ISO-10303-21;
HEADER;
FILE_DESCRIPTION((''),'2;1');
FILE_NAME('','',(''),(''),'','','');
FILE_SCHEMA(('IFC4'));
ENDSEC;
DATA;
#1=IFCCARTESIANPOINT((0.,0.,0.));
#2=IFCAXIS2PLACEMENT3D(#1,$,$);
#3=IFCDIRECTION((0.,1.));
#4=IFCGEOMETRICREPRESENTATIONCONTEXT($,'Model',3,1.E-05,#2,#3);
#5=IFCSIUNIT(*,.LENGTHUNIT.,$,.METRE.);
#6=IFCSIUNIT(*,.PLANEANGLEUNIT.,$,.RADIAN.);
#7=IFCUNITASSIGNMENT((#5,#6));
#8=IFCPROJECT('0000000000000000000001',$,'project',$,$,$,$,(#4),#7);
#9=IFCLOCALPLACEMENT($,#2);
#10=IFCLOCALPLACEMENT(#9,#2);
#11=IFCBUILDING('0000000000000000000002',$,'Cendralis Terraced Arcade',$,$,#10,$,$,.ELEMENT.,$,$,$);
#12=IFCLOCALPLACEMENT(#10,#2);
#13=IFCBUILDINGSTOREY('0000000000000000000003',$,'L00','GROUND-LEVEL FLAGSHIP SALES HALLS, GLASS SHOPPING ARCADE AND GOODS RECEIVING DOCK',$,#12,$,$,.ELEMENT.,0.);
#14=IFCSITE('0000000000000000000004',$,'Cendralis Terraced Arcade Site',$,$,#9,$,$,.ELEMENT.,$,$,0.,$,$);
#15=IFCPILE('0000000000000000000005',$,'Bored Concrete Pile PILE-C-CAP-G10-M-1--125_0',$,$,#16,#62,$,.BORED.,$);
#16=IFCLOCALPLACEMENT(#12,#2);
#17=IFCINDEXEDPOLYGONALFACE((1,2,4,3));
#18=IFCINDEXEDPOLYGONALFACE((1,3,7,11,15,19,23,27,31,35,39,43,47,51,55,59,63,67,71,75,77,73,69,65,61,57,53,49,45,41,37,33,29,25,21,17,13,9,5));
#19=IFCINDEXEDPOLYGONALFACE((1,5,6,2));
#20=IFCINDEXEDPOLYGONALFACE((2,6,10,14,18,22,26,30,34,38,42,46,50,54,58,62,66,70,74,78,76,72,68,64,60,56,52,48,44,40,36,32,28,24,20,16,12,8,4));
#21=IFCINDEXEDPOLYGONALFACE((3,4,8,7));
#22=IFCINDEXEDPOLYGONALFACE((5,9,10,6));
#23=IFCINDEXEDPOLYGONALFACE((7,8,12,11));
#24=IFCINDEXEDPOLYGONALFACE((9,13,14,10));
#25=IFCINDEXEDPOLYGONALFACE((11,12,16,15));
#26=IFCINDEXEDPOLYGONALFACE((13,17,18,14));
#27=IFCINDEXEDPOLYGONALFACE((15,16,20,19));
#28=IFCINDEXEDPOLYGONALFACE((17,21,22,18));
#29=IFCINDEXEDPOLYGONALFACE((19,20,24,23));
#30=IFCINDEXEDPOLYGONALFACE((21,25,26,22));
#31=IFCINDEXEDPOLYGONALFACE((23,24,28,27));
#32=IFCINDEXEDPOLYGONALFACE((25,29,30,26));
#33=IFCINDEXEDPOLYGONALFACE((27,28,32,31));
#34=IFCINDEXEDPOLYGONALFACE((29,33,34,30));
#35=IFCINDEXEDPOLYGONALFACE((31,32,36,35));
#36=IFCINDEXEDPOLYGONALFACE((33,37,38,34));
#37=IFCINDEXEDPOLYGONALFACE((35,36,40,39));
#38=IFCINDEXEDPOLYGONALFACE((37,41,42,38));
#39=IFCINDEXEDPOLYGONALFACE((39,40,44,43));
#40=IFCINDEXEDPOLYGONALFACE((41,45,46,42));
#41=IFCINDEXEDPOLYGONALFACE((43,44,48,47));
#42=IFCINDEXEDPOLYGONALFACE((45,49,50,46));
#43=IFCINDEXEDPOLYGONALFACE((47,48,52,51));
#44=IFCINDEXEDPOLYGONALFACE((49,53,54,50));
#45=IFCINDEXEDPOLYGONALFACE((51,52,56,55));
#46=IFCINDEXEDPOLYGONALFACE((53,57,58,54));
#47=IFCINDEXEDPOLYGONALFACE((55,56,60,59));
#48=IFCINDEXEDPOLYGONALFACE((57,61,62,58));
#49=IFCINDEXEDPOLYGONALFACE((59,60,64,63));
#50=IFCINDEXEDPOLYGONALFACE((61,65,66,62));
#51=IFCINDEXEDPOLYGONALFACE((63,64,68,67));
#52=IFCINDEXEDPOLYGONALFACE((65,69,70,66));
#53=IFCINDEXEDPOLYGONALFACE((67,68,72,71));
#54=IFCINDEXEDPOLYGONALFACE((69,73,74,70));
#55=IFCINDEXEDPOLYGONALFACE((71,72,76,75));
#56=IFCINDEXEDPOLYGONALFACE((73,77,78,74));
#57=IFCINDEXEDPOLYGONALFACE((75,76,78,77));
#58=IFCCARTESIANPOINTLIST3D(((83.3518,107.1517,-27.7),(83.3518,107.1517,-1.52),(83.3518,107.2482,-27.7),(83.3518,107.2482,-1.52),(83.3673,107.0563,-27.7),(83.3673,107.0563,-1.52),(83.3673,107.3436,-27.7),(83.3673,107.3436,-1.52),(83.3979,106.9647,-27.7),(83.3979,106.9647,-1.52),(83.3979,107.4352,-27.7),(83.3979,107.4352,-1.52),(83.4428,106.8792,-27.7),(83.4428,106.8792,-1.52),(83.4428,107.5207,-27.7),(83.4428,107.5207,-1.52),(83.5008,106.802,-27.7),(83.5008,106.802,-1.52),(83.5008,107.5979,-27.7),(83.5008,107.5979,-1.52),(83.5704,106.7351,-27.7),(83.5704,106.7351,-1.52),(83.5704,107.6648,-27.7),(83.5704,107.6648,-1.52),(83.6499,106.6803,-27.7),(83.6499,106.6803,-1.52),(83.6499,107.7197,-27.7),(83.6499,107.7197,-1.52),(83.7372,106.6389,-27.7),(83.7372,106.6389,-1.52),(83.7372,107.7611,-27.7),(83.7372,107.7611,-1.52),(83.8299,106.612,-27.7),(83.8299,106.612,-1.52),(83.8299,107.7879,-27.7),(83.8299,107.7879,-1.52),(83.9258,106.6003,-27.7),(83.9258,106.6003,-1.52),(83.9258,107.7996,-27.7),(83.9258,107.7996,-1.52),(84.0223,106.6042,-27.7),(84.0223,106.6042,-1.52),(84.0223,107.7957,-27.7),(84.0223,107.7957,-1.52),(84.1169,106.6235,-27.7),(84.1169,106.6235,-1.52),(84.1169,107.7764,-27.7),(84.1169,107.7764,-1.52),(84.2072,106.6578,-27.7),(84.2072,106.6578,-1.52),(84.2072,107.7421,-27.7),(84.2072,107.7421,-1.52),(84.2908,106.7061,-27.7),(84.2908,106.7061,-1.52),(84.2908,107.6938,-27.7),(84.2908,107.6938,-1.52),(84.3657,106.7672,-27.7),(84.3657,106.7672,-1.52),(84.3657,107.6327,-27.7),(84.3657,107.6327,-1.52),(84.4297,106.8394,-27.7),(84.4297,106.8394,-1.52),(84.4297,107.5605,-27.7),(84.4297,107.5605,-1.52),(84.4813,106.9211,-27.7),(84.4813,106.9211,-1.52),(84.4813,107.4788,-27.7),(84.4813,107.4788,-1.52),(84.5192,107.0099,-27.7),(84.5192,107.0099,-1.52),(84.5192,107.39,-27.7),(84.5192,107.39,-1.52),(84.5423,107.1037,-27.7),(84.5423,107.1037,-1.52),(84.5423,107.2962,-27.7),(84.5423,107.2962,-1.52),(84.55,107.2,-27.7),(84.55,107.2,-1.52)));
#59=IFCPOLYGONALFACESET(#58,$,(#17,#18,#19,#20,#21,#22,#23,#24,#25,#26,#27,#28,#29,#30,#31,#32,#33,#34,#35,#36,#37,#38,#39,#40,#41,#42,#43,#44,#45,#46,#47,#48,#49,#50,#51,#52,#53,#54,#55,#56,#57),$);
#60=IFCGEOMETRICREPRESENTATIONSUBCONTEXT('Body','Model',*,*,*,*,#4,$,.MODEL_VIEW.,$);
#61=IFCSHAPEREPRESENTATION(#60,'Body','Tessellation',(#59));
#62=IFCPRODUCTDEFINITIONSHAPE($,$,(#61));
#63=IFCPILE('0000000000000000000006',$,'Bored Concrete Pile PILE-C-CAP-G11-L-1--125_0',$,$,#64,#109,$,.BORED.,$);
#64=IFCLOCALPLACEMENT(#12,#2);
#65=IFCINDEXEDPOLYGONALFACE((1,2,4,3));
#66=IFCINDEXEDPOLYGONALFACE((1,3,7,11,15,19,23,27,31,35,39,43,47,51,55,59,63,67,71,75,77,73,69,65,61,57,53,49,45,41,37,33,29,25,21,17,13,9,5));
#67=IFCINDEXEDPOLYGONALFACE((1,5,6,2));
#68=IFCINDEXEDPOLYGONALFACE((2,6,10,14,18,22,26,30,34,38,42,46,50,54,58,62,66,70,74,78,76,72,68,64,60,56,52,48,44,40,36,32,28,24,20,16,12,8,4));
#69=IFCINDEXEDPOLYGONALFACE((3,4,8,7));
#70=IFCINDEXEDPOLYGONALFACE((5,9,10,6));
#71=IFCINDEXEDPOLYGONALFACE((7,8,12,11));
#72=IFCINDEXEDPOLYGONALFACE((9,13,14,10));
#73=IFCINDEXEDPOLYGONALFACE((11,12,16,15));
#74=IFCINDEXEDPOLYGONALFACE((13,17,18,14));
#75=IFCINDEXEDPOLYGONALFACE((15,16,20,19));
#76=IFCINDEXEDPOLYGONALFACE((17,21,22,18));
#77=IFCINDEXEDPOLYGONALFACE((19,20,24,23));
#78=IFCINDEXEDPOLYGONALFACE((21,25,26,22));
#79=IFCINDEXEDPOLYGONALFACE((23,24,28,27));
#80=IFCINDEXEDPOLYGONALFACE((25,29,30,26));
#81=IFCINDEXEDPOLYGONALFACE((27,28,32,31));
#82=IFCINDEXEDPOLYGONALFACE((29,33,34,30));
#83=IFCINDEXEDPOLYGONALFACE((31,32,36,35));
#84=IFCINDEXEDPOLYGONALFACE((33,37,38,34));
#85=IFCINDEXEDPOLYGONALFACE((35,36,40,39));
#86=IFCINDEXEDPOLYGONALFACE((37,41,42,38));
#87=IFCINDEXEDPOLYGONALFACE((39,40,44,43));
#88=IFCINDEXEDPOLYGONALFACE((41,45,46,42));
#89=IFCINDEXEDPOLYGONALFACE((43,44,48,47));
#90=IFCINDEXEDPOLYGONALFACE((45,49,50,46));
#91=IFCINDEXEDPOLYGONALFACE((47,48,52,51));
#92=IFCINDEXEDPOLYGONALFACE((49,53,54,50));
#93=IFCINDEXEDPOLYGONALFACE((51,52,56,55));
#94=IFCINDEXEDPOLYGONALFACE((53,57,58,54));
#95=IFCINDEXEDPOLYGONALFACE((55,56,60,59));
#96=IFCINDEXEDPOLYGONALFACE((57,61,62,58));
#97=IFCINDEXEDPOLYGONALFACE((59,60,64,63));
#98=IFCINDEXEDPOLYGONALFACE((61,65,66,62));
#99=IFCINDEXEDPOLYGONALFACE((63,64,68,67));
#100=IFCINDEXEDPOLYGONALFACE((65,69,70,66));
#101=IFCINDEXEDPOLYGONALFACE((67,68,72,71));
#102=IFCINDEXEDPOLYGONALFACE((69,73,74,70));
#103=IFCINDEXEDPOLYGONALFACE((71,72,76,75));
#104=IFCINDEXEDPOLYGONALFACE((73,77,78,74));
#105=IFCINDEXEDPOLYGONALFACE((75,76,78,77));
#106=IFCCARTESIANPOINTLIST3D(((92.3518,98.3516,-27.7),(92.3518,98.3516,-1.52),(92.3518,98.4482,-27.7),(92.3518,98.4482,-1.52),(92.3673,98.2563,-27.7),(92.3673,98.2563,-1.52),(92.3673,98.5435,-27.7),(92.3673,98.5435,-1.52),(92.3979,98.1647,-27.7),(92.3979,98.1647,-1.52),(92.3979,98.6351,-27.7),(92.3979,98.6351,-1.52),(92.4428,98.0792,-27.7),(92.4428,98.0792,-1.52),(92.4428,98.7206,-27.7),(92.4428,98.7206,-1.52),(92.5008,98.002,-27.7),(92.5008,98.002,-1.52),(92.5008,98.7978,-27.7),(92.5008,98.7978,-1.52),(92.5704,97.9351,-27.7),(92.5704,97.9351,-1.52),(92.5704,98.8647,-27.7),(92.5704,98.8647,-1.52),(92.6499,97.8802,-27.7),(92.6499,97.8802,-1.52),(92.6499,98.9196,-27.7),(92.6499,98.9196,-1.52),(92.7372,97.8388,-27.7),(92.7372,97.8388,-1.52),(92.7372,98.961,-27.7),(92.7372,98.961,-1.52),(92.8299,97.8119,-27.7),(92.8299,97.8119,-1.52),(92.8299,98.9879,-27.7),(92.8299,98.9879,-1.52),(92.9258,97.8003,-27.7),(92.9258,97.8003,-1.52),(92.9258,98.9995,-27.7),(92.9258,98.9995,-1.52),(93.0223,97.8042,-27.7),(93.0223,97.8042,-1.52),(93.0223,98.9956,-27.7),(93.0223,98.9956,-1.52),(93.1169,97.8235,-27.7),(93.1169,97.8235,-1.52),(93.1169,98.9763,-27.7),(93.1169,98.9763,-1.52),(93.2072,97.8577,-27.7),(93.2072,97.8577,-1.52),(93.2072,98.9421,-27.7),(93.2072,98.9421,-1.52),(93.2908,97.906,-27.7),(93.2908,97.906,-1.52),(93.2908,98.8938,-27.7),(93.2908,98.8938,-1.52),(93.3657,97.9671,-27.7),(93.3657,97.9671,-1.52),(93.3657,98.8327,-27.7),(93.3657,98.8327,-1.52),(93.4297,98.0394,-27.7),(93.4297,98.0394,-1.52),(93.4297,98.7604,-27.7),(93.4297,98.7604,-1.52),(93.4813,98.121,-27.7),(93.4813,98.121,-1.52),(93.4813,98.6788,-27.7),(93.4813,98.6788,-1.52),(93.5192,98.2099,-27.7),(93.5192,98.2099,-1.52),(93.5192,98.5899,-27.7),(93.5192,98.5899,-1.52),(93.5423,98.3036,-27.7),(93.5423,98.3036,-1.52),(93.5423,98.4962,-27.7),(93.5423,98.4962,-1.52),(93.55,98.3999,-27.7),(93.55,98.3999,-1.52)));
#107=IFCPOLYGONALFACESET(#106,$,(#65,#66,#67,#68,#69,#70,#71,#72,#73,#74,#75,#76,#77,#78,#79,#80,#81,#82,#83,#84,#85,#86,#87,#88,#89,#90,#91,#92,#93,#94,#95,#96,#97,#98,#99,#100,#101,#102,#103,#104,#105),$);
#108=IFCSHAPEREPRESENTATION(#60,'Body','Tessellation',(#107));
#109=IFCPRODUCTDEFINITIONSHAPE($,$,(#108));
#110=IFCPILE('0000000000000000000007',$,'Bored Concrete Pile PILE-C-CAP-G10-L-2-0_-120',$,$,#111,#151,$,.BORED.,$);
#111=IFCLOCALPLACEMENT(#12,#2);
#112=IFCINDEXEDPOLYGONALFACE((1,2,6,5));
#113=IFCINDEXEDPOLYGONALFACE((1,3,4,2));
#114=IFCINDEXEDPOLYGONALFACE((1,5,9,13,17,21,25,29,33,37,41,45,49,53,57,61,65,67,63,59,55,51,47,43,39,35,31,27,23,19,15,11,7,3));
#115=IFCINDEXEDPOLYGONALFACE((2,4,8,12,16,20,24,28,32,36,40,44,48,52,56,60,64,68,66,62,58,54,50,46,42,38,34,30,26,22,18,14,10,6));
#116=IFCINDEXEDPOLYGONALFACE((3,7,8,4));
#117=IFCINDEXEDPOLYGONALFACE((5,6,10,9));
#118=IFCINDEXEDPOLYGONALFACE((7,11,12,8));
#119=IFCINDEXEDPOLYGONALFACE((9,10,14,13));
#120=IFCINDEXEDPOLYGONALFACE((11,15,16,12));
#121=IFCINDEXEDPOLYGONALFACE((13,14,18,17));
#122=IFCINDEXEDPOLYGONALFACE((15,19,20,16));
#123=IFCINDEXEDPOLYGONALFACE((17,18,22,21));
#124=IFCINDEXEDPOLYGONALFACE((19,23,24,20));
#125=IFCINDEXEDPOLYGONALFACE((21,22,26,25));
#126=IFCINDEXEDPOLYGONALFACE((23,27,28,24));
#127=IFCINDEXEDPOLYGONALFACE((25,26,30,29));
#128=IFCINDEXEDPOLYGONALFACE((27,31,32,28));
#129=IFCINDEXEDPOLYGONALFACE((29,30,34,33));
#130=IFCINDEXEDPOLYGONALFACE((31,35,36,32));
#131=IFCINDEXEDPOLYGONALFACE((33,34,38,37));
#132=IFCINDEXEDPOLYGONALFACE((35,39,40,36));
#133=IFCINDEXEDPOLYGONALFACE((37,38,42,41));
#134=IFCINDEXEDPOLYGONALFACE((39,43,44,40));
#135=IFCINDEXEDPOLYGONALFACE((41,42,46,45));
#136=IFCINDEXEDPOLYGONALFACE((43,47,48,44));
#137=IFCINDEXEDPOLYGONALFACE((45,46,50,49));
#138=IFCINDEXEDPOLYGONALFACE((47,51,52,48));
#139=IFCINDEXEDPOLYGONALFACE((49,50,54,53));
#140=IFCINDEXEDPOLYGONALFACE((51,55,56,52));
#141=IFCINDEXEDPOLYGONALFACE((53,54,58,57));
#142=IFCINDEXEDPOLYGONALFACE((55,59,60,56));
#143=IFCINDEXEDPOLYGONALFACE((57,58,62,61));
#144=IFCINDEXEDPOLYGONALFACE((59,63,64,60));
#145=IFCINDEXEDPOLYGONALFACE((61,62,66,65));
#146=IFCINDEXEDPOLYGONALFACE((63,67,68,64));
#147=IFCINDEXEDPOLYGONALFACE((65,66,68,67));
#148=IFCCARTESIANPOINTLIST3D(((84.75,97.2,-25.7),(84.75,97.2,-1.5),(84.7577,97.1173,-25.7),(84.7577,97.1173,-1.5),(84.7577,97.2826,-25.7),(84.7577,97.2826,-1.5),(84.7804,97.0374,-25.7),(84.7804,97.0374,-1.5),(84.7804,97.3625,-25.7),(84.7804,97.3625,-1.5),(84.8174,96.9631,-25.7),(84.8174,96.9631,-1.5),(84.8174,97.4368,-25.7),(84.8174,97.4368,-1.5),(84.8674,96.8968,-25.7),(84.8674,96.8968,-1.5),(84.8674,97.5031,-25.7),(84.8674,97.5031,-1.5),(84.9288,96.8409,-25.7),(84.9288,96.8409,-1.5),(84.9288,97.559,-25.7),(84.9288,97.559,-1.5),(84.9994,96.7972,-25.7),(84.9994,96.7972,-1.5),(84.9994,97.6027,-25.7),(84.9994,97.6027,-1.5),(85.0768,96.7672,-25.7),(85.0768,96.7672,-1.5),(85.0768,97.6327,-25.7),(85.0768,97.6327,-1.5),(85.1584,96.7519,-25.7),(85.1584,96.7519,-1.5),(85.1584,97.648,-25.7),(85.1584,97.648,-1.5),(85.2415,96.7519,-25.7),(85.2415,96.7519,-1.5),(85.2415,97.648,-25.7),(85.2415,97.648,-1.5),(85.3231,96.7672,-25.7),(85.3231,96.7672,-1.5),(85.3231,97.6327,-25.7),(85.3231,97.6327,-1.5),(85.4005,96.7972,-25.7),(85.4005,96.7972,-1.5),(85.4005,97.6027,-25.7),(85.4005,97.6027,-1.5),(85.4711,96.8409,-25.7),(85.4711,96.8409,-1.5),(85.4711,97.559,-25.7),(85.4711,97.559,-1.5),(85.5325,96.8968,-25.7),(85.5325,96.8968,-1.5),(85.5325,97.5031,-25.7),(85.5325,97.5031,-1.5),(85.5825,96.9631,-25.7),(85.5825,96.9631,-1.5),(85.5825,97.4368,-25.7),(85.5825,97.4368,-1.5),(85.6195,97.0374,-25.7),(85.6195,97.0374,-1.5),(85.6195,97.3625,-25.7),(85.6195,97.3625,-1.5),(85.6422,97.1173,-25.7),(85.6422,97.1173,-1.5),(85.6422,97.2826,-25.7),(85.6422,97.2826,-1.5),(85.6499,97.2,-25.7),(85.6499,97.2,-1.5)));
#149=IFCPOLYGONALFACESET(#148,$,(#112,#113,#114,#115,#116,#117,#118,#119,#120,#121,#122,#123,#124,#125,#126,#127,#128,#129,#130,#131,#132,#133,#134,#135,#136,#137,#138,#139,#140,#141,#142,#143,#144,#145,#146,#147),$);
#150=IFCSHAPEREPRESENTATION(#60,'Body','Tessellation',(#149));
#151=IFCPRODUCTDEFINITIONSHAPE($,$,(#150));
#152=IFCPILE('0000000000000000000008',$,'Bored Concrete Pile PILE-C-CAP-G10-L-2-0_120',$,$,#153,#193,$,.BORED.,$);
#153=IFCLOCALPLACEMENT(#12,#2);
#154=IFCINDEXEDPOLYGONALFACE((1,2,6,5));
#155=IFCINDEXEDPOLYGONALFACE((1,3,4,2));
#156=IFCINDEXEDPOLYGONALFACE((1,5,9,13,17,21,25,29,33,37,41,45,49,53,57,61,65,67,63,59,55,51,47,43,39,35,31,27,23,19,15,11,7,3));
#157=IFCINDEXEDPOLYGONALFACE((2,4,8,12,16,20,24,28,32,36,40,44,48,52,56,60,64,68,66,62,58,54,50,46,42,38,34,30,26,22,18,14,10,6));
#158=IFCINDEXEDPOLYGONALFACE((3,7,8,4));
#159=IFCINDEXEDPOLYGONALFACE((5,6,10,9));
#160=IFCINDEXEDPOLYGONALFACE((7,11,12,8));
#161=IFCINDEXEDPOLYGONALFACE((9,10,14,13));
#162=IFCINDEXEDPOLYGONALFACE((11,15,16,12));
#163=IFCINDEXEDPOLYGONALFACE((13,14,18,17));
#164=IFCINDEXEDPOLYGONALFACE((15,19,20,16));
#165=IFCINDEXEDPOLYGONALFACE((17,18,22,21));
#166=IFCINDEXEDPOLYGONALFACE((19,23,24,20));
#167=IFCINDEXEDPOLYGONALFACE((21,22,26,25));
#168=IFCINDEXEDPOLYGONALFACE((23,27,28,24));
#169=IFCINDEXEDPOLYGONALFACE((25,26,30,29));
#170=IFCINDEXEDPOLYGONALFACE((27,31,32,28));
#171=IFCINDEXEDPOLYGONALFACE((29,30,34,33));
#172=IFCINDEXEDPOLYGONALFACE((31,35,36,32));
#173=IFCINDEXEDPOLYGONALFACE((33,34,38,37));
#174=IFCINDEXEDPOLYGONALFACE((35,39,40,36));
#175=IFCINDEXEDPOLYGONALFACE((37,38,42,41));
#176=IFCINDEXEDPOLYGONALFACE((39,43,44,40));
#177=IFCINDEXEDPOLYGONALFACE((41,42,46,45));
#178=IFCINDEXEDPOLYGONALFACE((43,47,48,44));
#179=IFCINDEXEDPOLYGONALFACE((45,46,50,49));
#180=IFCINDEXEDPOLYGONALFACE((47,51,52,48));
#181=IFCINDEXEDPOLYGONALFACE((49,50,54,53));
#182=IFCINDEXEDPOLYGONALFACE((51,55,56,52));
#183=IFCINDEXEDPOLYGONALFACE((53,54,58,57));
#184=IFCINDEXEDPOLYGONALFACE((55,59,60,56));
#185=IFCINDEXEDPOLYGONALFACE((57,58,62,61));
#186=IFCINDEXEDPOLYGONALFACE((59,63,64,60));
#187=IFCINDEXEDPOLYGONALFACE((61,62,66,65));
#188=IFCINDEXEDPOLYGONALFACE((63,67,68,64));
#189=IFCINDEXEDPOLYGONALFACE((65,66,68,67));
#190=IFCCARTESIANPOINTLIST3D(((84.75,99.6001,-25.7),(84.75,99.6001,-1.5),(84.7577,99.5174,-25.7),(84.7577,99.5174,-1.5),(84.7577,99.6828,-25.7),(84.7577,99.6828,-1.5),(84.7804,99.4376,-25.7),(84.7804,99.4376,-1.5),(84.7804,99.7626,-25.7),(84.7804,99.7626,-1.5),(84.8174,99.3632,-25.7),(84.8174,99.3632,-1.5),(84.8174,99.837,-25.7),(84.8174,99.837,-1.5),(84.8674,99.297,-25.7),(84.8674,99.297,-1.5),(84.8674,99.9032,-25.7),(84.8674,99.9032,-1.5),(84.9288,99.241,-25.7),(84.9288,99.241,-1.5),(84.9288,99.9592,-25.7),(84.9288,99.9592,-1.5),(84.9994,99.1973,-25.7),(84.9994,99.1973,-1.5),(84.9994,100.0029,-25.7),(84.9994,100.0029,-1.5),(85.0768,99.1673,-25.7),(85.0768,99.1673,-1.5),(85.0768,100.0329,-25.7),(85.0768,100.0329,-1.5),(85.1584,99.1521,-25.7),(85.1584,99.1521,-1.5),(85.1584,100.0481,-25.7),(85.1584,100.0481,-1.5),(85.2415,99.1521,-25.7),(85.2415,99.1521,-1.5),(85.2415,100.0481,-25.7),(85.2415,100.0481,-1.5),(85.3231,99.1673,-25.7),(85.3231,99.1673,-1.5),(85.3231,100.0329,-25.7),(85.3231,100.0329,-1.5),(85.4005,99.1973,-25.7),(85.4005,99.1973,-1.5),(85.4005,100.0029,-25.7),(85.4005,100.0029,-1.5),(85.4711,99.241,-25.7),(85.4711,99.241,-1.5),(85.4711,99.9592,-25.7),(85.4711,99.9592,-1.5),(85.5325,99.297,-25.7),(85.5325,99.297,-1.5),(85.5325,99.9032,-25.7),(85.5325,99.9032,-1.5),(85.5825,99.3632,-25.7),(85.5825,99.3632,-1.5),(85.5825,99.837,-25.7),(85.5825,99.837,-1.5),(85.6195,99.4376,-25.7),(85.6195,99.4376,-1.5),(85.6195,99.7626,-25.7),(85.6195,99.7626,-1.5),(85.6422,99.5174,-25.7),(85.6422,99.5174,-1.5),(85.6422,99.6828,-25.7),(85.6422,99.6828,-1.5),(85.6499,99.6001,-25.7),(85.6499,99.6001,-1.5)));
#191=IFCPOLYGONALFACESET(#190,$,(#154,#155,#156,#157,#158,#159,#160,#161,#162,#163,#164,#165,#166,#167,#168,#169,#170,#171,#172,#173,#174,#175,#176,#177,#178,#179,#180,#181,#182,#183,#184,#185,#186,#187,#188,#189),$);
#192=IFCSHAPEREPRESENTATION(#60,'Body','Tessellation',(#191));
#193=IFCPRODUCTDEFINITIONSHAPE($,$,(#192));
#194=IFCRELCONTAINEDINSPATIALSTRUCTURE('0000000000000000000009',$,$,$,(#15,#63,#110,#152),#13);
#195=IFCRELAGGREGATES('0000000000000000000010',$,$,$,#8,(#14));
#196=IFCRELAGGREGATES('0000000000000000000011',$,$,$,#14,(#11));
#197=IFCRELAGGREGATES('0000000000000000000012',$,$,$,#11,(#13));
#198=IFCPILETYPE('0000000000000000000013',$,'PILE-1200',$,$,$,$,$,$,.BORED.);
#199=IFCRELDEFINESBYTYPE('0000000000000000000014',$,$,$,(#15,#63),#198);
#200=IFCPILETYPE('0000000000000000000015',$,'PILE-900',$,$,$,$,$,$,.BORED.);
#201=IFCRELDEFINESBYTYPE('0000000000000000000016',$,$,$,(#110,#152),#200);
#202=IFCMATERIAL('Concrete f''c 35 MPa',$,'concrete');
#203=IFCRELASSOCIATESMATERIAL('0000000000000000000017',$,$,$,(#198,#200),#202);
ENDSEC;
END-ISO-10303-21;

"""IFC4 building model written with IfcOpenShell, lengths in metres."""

from ifc_helpers import new_model, si_unit, direction, frame, origin, origin_2d, place, context, subcontext, project, spatial, circle, extrude, material, material_profile, profile_set, type_object, element, save


model = new_model("IFC4")

# Units and contexts
model_context = context("Model", 3, precision=1e-05, world=origin(), true_north=direction((0.0, 1.0)))
body_context = subcontext(model_context, "Body", "Model", "MODEL_VIEW")
ifc_project = project(units=[si_unit("LENGTHUNIT", "METRE"), si_unit("PLANEANGLEUNIT", "RADIAN")], contexts=[model_context])

# Site, building, storey
site_placement = place(None, origin())
site = spatial("IfcSite", under=ifc_project, at=site_placement, Name="Cendralis Terraced Arcade Site", CompositionType="ELEMENT", RefElevation=0.0)
building_placement = place(site_placement, origin())
building = spatial("IfcBuilding", under=site, at=building_placement, Name="Cendralis Terraced Arcade", CompositionType="ELEMENT")
storey_placement = place(building_placement, origin())
storey = spatial("IfcBuildingStorey", under=building, at=storey_placement, Name="L00", Description="GROUND-LEVEL FLAGSHIP SALES HALLS, GLASS SHOPPING ARCADE AND GOODS RECEIVING DOCK", CompositionType="ELEMENT", Elevation=0.0)

# Shared definitions
ifc_material_1 = material(Name="Concrete f'c 35 MPa", Category="concrete")

# Piles
ifc_material_profile_1 = material_profile(ifc_material_1, circle(Radius=0.6001, at=origin_2d()), Name="PILE-D1200", Category="LoadBearing")
ifc_profile_set_1 = profile_set([ifc_material_profile_1], Name="Concrete f'c 35 MPa")
pile_type_1 = type_object("IfcPileType", Name="PILE-1200", PredefinedType="BORED", material=ifc_profile_set_1)
for number, where, z_axis, x_axis, name in (
    (1, (83.95, 107.2, -1.52), (0.0, 0.0, -1.0), (1.0, 0.0, 0.0), "Bored Concrete Pile PILE-C-CAP-G10-M-1--125_0"),
    (2, (92.95, 98.3999, -1.52), (0.0, 0.0, -1.0), (1.0, 0.0, 0.0), "Bored Concrete Pile PILE-C-CAP-G11-L-1--125_0"),
):
    element("IfcPile", number, at=place(storey_placement, frame(where, z_axis=z_axis, x_axis=x_axis)), inside=storey, type_object=pile_type_1, Name=name, PredefinedType="BORED", context=body_context, shape_type="SweptSolid", body=[
        extrude(circle(Radius=0.6001, at=origin_2d()), origin(), (0.0, 0.0, 1.0), 26.1799),
    ])
ifc_material_profile_2 = material_profile(ifc_material_1, circle(Radius=0.45, at=origin_2d()), Name="PILE-D900", Category="LoadBearing")
ifc_profile_set_2 = profile_set([ifc_material_profile_2], Name="Concrete f'c 35 MPa")
pile_type_2 = type_object("IfcPileType", Name="PILE-900", PredefinedType="BORED", material=ifc_profile_set_2)
for number, where, z_axis, x_axis, name in (
    (3, (85.2, 97.2, -1.5), (0.0, 0.0, -1.0), (1.0, 0.0, 0.0), "Bored Concrete Pile PILE-C-CAP-G10-L-2-0_-120"),
    (4, (85.2, 99.6001, -1.5), (0.0, 0.0, -1.0), (1.0, 0.0, 0.0), "Bored Concrete Pile PILE-C-CAP-G10-L-2-0_120"),
):
    element("IfcPile", number, at=place(storey_placement, frame(where, z_axis=z_axis, x_axis=x_axis)), inside=storey, type_object=pile_type_2, Name=name, PredefinedType="BORED", context=body_context, shape_type="SweptSolid", body=[
        extrude(circle(Radius=0.45, at=origin_2d()), origin(), (0.0, 0.0, 1.0), 24.2),
    ])

save(model, "model.ifc")
